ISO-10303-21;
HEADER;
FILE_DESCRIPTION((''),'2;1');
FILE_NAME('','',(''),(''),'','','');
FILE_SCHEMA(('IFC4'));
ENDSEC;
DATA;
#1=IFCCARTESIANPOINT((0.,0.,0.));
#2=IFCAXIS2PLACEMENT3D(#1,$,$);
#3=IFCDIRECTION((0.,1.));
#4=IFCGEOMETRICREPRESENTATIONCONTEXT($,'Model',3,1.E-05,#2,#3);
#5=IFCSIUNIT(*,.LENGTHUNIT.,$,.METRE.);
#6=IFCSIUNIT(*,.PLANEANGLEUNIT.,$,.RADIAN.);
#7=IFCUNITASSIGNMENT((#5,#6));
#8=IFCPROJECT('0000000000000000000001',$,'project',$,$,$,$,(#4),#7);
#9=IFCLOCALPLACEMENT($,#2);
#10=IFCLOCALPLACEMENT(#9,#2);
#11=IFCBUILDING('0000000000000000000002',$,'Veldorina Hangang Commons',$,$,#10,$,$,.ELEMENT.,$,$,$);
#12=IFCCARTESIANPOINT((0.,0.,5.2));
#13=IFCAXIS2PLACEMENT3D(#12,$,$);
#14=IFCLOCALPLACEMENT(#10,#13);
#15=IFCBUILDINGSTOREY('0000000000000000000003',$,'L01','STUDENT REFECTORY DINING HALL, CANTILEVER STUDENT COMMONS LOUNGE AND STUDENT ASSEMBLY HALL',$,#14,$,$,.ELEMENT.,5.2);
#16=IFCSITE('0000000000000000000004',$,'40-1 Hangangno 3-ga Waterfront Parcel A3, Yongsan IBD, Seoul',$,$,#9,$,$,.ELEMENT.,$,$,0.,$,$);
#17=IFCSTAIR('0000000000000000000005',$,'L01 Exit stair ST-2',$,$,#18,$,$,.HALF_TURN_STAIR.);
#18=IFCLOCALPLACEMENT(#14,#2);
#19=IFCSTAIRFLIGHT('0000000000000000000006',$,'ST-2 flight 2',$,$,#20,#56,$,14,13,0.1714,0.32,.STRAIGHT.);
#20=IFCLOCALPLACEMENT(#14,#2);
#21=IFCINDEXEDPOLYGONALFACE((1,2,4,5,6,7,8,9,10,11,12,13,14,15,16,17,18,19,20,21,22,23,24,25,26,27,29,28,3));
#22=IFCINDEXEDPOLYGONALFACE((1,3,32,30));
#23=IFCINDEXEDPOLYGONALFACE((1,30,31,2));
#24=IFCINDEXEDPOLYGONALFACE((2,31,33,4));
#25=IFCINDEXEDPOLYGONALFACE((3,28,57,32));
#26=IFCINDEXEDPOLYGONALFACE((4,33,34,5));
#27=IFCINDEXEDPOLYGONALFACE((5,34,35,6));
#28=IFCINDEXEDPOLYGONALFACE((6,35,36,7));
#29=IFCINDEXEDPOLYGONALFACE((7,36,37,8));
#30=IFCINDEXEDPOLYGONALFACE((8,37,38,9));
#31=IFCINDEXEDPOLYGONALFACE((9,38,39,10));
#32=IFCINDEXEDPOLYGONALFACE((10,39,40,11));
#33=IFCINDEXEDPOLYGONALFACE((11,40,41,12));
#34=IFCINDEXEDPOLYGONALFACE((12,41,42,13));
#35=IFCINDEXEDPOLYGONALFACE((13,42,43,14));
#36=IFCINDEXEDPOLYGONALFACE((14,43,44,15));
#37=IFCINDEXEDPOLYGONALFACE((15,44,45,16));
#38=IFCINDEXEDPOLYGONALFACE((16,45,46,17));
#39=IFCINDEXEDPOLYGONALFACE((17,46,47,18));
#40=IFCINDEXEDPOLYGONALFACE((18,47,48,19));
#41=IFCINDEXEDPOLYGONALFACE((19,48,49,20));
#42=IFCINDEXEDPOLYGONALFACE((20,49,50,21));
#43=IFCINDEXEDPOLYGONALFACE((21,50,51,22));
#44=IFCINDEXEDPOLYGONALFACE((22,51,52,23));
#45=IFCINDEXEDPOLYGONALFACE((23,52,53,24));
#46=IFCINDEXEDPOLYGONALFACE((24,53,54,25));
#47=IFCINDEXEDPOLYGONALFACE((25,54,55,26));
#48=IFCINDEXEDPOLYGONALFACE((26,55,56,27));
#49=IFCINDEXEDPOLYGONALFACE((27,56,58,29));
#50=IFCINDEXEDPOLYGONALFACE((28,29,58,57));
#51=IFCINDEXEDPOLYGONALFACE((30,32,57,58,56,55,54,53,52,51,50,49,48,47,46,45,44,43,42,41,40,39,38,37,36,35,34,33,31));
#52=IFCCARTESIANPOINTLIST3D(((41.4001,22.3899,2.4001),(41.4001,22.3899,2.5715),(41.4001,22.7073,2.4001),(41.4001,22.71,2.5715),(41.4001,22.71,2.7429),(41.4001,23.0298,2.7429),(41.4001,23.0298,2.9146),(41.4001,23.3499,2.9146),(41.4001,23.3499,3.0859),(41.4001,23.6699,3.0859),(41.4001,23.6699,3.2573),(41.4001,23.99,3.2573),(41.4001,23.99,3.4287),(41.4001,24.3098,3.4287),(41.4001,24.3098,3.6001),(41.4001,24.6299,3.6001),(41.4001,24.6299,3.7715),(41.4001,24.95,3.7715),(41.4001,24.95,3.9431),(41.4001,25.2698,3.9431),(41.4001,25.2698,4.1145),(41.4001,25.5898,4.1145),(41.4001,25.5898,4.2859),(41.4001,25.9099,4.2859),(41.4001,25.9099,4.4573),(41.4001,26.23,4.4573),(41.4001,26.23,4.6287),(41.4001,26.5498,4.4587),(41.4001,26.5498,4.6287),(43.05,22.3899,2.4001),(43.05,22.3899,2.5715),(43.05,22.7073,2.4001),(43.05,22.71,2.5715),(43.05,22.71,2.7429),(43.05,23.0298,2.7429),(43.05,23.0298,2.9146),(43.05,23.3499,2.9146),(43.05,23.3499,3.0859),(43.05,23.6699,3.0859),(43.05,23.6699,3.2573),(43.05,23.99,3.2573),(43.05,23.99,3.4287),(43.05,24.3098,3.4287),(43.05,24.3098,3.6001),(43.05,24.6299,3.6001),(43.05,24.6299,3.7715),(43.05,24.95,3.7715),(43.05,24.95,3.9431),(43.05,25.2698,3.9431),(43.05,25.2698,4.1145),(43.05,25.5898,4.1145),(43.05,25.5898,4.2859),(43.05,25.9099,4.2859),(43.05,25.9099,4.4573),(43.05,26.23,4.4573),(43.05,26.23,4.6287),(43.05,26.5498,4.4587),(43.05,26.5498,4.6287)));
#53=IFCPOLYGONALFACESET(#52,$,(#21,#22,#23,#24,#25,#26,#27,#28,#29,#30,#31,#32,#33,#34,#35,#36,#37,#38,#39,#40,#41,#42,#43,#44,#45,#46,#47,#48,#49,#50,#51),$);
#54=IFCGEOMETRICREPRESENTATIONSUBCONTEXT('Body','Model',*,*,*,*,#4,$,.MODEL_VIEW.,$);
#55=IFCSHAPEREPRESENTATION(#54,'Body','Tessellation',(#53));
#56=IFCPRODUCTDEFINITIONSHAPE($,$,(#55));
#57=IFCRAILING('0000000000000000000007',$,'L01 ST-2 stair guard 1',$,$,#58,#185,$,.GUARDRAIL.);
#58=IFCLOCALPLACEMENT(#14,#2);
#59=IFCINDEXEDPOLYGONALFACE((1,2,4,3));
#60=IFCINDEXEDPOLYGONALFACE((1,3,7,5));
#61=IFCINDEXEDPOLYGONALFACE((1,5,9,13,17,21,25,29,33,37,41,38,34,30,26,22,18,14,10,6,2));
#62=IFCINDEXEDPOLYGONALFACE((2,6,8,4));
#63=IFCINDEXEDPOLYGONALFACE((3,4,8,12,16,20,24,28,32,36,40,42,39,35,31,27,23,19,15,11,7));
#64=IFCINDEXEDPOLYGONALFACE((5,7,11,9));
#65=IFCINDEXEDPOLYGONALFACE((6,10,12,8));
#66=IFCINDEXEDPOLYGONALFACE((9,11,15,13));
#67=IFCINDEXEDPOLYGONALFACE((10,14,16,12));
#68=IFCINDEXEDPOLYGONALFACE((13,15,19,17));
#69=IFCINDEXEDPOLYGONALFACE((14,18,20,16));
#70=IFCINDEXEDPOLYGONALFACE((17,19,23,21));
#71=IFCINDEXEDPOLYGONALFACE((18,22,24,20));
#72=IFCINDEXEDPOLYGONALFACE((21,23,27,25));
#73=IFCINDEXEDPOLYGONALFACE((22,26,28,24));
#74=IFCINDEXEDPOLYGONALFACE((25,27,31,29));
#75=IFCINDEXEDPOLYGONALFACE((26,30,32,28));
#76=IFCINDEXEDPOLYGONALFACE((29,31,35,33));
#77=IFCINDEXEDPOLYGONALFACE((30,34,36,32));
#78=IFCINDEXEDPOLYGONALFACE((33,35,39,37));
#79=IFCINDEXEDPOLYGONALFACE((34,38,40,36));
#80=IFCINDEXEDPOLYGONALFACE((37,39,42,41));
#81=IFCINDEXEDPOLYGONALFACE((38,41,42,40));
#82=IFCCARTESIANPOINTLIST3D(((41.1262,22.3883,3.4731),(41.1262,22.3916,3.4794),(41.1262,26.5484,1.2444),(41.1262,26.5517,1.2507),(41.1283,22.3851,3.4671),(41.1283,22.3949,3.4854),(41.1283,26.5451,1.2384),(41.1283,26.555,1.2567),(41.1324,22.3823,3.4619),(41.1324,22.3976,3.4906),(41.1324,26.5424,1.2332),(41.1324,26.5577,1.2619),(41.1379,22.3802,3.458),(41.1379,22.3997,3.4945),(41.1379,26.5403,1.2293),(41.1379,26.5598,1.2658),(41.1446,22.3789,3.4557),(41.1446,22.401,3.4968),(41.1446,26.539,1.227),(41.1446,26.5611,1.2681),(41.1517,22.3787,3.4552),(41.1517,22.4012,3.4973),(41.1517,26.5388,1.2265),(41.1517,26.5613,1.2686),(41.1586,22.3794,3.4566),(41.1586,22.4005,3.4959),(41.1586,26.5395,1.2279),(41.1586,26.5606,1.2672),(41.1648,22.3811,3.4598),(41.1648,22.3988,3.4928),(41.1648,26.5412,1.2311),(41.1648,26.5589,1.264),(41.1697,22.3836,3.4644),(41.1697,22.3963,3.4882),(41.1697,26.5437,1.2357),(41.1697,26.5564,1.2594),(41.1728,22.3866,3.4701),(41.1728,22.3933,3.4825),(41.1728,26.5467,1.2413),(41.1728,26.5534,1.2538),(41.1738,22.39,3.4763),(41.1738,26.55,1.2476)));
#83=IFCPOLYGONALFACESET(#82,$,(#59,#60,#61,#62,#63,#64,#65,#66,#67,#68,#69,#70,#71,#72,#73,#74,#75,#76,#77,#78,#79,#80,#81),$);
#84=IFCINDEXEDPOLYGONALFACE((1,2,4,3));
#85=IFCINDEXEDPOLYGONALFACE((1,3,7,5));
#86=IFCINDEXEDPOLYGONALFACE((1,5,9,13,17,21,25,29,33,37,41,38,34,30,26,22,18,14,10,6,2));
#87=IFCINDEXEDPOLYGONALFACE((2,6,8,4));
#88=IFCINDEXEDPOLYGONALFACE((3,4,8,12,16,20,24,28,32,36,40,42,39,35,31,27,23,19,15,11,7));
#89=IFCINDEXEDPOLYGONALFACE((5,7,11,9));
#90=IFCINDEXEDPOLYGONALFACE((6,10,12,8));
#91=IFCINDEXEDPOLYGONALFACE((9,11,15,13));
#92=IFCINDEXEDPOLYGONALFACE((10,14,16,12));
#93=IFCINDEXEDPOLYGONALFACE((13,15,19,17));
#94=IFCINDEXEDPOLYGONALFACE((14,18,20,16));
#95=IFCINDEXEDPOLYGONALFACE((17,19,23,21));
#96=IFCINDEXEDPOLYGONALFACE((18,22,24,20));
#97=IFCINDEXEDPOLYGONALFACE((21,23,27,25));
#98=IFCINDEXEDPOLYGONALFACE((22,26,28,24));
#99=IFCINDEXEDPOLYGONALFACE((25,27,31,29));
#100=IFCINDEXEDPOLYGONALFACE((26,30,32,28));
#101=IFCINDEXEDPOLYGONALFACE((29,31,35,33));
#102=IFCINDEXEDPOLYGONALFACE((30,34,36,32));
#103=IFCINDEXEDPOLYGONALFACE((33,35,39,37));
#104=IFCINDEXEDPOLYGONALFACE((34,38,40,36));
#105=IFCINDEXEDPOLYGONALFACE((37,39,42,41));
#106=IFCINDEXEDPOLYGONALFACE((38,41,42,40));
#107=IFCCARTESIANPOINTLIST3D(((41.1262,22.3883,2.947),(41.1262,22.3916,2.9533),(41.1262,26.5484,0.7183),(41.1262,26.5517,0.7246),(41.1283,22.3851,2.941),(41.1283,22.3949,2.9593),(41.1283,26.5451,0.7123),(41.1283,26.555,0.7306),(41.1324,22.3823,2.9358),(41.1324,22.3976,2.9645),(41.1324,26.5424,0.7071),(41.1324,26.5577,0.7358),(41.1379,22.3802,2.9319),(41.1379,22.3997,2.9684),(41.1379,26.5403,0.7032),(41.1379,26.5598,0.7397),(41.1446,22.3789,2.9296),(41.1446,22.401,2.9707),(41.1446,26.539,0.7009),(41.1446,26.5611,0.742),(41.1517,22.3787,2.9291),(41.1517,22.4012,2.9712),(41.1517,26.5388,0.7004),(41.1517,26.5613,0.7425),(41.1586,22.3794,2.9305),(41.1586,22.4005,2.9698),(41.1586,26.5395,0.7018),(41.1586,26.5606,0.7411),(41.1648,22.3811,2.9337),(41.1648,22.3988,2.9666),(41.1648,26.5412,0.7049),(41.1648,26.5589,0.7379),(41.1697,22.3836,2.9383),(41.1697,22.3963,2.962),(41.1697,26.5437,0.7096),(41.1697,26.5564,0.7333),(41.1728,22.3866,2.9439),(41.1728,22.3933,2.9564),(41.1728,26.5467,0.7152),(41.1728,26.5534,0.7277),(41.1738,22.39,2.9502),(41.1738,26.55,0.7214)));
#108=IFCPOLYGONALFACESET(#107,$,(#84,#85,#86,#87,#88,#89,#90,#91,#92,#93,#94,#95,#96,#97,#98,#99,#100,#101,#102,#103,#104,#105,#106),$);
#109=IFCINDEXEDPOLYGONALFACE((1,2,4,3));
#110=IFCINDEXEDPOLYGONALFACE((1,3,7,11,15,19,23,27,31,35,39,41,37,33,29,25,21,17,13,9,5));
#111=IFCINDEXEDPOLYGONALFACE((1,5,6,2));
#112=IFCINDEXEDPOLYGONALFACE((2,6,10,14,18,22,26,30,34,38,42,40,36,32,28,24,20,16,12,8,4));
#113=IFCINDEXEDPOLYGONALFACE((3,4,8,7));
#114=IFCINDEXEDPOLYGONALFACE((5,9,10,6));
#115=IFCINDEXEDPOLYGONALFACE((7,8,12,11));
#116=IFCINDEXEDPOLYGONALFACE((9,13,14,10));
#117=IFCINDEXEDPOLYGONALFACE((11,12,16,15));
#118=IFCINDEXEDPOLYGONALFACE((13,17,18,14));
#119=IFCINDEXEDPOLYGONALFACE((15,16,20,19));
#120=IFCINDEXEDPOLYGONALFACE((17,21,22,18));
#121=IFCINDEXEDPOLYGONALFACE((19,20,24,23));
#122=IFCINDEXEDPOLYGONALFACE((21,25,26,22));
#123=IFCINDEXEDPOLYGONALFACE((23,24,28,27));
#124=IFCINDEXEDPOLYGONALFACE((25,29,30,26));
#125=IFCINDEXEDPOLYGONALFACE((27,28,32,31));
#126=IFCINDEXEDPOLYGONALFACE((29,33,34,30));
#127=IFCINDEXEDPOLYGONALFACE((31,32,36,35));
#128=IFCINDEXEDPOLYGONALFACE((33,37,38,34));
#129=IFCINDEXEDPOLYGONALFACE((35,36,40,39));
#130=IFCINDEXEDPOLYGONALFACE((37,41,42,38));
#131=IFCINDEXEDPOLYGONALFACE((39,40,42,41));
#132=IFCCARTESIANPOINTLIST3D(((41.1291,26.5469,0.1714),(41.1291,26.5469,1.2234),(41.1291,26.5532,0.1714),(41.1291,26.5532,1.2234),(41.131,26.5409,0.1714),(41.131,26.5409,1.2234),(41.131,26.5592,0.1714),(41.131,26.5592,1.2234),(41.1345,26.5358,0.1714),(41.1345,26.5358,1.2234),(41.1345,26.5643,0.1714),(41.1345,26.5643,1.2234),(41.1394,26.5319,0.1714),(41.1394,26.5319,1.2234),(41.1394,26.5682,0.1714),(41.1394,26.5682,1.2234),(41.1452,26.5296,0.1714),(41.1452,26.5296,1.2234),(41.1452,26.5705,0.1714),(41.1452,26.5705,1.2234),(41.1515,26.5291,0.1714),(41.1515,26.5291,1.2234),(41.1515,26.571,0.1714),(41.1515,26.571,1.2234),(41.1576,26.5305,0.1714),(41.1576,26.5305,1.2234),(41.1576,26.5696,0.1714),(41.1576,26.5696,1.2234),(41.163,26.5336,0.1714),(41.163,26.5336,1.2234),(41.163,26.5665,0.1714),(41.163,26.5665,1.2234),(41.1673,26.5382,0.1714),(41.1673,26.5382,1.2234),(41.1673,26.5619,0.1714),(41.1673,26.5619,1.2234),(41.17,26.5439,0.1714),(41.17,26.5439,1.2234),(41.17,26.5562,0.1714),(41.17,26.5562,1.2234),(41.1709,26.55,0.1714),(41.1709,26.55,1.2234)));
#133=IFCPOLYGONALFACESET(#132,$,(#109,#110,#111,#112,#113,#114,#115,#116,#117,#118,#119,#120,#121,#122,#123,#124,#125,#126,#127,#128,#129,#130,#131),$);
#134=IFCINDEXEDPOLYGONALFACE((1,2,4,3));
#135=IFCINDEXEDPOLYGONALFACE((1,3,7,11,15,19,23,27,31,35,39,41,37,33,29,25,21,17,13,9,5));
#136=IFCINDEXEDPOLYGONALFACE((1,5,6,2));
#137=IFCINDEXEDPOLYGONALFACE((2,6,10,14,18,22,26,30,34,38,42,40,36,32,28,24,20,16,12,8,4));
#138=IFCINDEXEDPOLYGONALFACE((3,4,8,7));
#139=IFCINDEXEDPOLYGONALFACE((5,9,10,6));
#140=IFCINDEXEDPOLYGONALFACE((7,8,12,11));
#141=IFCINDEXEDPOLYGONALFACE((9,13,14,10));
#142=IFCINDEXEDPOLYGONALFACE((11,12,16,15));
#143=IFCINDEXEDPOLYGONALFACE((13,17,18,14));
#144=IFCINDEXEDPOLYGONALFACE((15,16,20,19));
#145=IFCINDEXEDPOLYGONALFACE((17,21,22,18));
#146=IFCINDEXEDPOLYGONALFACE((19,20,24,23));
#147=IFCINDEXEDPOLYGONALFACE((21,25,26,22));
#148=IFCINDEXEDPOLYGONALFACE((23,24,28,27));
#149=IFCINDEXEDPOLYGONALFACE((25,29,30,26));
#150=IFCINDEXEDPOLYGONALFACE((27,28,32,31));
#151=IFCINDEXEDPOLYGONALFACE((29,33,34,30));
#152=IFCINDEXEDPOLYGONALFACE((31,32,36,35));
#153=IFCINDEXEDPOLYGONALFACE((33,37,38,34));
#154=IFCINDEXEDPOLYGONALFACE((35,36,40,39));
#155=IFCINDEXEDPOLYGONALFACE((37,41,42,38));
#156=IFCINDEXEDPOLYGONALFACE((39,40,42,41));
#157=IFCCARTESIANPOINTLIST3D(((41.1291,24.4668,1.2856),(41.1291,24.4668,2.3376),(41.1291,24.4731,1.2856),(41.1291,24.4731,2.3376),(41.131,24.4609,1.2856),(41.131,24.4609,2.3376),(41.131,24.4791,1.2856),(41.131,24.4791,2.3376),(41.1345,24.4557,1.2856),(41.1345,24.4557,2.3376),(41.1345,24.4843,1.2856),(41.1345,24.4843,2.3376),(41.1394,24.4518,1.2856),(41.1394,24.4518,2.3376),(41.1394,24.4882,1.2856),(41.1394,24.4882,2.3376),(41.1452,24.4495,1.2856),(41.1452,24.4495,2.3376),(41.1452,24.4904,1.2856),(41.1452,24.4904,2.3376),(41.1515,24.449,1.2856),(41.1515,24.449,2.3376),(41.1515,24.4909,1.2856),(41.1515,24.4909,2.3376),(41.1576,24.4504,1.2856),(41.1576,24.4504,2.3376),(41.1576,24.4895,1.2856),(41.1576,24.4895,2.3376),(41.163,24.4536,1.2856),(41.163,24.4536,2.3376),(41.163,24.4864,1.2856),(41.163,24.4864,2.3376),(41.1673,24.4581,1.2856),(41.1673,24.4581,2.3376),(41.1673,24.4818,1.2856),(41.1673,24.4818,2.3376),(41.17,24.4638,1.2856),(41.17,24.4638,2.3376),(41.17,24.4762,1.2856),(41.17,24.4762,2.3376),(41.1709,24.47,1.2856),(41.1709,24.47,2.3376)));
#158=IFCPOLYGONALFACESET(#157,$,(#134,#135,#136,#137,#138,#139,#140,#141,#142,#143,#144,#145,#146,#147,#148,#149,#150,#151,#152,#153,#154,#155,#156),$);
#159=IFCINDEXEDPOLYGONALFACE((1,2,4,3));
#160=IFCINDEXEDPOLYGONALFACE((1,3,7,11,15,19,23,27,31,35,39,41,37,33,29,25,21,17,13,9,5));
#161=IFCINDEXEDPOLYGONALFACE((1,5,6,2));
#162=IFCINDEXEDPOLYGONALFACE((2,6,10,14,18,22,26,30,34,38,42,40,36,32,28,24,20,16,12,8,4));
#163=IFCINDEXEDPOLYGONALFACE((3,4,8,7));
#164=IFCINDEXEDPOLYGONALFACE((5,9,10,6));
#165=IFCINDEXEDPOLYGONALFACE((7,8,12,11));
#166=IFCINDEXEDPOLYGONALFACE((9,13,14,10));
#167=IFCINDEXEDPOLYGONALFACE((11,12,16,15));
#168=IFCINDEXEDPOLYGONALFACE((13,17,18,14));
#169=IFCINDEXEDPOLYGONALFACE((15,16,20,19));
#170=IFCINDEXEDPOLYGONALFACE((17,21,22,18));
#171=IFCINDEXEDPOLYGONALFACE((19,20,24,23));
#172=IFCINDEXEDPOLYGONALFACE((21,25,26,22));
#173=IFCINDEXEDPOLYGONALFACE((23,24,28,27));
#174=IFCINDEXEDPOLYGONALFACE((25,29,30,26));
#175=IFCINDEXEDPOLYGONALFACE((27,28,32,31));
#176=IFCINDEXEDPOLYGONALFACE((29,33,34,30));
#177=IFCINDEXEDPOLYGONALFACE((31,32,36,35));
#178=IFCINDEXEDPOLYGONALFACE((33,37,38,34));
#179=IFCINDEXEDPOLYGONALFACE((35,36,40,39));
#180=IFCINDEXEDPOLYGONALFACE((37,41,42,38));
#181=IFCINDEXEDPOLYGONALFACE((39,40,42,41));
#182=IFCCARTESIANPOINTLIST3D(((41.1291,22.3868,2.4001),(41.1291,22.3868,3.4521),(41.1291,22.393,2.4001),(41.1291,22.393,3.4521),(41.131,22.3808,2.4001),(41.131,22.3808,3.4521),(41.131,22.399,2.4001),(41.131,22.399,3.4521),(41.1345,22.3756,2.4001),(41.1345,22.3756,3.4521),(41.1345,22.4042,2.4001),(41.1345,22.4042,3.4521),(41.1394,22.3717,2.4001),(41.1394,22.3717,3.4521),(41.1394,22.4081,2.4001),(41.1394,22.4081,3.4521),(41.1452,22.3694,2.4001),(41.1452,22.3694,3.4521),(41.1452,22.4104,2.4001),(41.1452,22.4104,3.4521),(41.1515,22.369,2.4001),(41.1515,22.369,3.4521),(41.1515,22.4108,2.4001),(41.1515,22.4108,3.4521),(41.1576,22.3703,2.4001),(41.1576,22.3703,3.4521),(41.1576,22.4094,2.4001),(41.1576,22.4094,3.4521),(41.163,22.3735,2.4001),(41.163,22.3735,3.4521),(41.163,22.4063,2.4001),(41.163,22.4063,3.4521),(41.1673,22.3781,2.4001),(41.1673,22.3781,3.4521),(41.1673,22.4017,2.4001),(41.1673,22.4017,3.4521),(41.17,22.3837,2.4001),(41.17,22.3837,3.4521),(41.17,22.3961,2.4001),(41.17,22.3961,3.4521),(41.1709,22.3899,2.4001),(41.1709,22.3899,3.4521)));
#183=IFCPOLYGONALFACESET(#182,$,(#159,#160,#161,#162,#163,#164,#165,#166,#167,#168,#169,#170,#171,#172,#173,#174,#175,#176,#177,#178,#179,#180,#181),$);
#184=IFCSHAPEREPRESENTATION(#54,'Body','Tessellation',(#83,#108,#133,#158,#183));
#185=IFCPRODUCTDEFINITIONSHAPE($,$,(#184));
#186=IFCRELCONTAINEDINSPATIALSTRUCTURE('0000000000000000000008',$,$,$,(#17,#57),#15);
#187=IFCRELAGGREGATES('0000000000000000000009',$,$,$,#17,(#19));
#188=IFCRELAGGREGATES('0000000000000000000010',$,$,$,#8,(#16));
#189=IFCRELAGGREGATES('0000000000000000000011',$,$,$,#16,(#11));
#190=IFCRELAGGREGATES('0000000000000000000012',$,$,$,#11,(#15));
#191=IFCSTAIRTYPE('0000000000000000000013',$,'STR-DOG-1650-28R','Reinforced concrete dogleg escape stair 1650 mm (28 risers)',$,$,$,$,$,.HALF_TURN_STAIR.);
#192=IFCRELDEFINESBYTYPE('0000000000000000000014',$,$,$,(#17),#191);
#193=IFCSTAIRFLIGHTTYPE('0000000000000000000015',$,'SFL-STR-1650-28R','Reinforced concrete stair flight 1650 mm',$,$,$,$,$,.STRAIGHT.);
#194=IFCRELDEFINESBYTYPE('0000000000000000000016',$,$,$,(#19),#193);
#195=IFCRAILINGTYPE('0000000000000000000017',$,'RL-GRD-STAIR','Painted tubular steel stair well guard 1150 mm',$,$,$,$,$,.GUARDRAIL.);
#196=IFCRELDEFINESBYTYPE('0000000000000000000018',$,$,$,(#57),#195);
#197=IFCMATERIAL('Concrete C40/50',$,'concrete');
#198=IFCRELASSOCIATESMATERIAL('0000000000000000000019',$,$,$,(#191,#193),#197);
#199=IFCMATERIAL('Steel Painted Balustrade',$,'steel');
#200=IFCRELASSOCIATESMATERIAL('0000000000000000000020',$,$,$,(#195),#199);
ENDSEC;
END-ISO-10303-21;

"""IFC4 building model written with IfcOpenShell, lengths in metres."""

from ifc_helpers import new_model, si_unit, direction, frame, origin, origin_2d, place, context, subcontext, project, spatial, polyline, circle, outline, extrude, material, type_object, element, aggregate, save


model = new_model("IFC4")

# Units and contexts
model_context = context("Model", 3, precision=1e-05, world=origin(), true_north=direction((0.0, 1.0)))
body_context = subcontext(model_context, "Body", "Model", "MODEL_VIEW")
ifc_project = project(units=[si_unit("LENGTHUNIT", "METRE"), si_unit("PLANEANGLEUNIT", "RADIAN")], contexts=[model_context])

# Site, building, storey
site_placement = place(None, origin())
site = spatial("IfcSite", under=ifc_project, at=site_placement, Name="40-1 Hangangno 3-ga Waterfront Parcel A3, Yongsan IBD, Seoul", CompositionType="ELEMENT", RefElevation=0.0)
building_placement = place(site_placement, origin())
building = spatial("IfcBuilding", under=site, at=building_placement, Name="Veldorina Hangang Commons", CompositionType="ELEMENT")
storey_placement = place(building_placement, frame((0.0, 0.0, 5.2)))
storey = spatial("IfcBuildingStorey", under=building, at=storey_placement, Name="L01", Description="STUDENT REFECTORY DINING HALL, CANTILEVER STUDENT COMMONS LOUNGE AND STUDENT ASSEMBLY HALL", CompositionType="ELEMENT", Elevation=5.2)

# Stair, stair flight
ifc_material_1 = material(Name="Concrete C40/50", Category="concrete")
stair_type = type_object("IfcStairType", Name="STR-DOG-1650-28R", Description="Reinforced concrete dogleg escape stair 1650 mm (28 risers)", PredefinedType="HALF_TURN_STAIR", material=ifc_material_1)
stair_placement = place(storey_placement, origin())
stair = element("IfcStair", 1, at=stair_placement, inside=storey, type_object=stair_type, Name="L01 Exit stair ST-2", PredefinedType="HALF_TURN_STAIR")
stair_flight_type = type_object("IfcStairFlightType", Name="SFL-STR-1650-28R", Description="Reinforced concrete stair flight 1650 mm", PredefinedType="STRAIGHT", material=ifc_material_1)
stair_flight_1_placement = place(storey_placement, frame((42.2251, 22.3899, 2.4001), z_axis=(0.0, 0.0, 1.0), x_axis=(0.0, 1.0, 0.0)))
stair_flight_1 = element("IfcStairFlight", 2, at=stair_flight_1_placement, type_object=stair_flight_type, Name="ST-2 flight 2", NumberOfRisers=14, NumberOfTreads=13, PredefinedType="STRAIGHT", RiserHeight=0.1714, TreadLength=0.32, context=body_context, shape_type="SweptSolid", body=[
    extrude(outline(polyline([(0.0, 0.0), (0.0, 0.1714), (0.3201, 0.1714), (0.3201, 0.3428), (0.6399, 0.3428), (0.6399, 0.5144), (0.96, 0.5144), (0.96, 0.6858), (1.28, 0.6858), (1.28, 0.8572), (1.6001, 0.8572), (1.6001, 1.0286), (1.9199, 1.0286), (1.9199, 1.2), (2.24, 1.2), (2.24, 1.3713), (2.5601, 1.3713), (2.5601, 1.543), (2.8799, 1.543), (2.8799, 1.7144), (3.2, 1.7144), (3.2, 1.8857), (3.52, 1.8857), (3.52, 2.0571), (3.8401, 2.0571), (3.8401, 2.2285), (4.1599, 2.2285), (4.1599, 2.3999), (4.1599, 2.0586), (0.3174, 0.0), (0.0, 0.0)])), frame((0.0, 0.825, 0.0), z_axis=(0.0, -1.0, 0.0), x_axis=(1.0, 0.0, 0.0)), (0.0, 0.0, 1.0), 1.6499),
])
aggregate(stair, [stair_flight_1])

# Railing
ifc_material_2 = material(Name="Steel Painted Balustrade", Category="steel")
railing_type_1 = type_object("IfcRailingType", Name="RL-GRD-STAIR", Description="Painted tubular steel stair well guard 1150 mm", PredefinedType="GUARDRAIL", material=ifc_material_2)
railing_1_placement = place(storey_placement, frame((41.1499, 26.55, 0.1714)))
element("IfcRailing", 3, at=railing_1_placement, inside=storey, type_object=railing_type_1, Name="L01 ST-2 stair guard 1", PredefinedType="GUARDRAIL", context=body_context, shape_type="SweptSolid", body=[
    extrude(circle(Radius=0.0239, at=origin_2d()), frame((0.0, 0.0, 1.0762), z_axis=(0.0, -0.881471, 0.472239), x_axis=(1.0, 0.0, 0.0)), (0.0, 0.0, 1.0), 4.7195),
    extrude(circle(Radius=0.0239, at=origin_2d()), frame((0.0, 0.0, 0.55), z_axis=(0.0, -0.881471, 0.472239), x_axis=(1.0, 0.0, 0.0)), (0.0, 0.0, 1.0), 4.7195),
    extrude(circle(Radius=0.021, at=origin_2d()), origin(), (0.0, 0.0, 1.0), 1.052),
    extrude(circle(Radius=0.021, at=origin_2d()), frame((0.0, -2.0801, 1.1143)), (0.0, 0.0, 1.0), 1.052),
    extrude(circle(Radius=0.021, at=origin_2d()), frame((0.0, -4.1602, 2.2288)), (0.0, 0.0, 1.0), 1.052),
])

save(model, "model.ifc")
